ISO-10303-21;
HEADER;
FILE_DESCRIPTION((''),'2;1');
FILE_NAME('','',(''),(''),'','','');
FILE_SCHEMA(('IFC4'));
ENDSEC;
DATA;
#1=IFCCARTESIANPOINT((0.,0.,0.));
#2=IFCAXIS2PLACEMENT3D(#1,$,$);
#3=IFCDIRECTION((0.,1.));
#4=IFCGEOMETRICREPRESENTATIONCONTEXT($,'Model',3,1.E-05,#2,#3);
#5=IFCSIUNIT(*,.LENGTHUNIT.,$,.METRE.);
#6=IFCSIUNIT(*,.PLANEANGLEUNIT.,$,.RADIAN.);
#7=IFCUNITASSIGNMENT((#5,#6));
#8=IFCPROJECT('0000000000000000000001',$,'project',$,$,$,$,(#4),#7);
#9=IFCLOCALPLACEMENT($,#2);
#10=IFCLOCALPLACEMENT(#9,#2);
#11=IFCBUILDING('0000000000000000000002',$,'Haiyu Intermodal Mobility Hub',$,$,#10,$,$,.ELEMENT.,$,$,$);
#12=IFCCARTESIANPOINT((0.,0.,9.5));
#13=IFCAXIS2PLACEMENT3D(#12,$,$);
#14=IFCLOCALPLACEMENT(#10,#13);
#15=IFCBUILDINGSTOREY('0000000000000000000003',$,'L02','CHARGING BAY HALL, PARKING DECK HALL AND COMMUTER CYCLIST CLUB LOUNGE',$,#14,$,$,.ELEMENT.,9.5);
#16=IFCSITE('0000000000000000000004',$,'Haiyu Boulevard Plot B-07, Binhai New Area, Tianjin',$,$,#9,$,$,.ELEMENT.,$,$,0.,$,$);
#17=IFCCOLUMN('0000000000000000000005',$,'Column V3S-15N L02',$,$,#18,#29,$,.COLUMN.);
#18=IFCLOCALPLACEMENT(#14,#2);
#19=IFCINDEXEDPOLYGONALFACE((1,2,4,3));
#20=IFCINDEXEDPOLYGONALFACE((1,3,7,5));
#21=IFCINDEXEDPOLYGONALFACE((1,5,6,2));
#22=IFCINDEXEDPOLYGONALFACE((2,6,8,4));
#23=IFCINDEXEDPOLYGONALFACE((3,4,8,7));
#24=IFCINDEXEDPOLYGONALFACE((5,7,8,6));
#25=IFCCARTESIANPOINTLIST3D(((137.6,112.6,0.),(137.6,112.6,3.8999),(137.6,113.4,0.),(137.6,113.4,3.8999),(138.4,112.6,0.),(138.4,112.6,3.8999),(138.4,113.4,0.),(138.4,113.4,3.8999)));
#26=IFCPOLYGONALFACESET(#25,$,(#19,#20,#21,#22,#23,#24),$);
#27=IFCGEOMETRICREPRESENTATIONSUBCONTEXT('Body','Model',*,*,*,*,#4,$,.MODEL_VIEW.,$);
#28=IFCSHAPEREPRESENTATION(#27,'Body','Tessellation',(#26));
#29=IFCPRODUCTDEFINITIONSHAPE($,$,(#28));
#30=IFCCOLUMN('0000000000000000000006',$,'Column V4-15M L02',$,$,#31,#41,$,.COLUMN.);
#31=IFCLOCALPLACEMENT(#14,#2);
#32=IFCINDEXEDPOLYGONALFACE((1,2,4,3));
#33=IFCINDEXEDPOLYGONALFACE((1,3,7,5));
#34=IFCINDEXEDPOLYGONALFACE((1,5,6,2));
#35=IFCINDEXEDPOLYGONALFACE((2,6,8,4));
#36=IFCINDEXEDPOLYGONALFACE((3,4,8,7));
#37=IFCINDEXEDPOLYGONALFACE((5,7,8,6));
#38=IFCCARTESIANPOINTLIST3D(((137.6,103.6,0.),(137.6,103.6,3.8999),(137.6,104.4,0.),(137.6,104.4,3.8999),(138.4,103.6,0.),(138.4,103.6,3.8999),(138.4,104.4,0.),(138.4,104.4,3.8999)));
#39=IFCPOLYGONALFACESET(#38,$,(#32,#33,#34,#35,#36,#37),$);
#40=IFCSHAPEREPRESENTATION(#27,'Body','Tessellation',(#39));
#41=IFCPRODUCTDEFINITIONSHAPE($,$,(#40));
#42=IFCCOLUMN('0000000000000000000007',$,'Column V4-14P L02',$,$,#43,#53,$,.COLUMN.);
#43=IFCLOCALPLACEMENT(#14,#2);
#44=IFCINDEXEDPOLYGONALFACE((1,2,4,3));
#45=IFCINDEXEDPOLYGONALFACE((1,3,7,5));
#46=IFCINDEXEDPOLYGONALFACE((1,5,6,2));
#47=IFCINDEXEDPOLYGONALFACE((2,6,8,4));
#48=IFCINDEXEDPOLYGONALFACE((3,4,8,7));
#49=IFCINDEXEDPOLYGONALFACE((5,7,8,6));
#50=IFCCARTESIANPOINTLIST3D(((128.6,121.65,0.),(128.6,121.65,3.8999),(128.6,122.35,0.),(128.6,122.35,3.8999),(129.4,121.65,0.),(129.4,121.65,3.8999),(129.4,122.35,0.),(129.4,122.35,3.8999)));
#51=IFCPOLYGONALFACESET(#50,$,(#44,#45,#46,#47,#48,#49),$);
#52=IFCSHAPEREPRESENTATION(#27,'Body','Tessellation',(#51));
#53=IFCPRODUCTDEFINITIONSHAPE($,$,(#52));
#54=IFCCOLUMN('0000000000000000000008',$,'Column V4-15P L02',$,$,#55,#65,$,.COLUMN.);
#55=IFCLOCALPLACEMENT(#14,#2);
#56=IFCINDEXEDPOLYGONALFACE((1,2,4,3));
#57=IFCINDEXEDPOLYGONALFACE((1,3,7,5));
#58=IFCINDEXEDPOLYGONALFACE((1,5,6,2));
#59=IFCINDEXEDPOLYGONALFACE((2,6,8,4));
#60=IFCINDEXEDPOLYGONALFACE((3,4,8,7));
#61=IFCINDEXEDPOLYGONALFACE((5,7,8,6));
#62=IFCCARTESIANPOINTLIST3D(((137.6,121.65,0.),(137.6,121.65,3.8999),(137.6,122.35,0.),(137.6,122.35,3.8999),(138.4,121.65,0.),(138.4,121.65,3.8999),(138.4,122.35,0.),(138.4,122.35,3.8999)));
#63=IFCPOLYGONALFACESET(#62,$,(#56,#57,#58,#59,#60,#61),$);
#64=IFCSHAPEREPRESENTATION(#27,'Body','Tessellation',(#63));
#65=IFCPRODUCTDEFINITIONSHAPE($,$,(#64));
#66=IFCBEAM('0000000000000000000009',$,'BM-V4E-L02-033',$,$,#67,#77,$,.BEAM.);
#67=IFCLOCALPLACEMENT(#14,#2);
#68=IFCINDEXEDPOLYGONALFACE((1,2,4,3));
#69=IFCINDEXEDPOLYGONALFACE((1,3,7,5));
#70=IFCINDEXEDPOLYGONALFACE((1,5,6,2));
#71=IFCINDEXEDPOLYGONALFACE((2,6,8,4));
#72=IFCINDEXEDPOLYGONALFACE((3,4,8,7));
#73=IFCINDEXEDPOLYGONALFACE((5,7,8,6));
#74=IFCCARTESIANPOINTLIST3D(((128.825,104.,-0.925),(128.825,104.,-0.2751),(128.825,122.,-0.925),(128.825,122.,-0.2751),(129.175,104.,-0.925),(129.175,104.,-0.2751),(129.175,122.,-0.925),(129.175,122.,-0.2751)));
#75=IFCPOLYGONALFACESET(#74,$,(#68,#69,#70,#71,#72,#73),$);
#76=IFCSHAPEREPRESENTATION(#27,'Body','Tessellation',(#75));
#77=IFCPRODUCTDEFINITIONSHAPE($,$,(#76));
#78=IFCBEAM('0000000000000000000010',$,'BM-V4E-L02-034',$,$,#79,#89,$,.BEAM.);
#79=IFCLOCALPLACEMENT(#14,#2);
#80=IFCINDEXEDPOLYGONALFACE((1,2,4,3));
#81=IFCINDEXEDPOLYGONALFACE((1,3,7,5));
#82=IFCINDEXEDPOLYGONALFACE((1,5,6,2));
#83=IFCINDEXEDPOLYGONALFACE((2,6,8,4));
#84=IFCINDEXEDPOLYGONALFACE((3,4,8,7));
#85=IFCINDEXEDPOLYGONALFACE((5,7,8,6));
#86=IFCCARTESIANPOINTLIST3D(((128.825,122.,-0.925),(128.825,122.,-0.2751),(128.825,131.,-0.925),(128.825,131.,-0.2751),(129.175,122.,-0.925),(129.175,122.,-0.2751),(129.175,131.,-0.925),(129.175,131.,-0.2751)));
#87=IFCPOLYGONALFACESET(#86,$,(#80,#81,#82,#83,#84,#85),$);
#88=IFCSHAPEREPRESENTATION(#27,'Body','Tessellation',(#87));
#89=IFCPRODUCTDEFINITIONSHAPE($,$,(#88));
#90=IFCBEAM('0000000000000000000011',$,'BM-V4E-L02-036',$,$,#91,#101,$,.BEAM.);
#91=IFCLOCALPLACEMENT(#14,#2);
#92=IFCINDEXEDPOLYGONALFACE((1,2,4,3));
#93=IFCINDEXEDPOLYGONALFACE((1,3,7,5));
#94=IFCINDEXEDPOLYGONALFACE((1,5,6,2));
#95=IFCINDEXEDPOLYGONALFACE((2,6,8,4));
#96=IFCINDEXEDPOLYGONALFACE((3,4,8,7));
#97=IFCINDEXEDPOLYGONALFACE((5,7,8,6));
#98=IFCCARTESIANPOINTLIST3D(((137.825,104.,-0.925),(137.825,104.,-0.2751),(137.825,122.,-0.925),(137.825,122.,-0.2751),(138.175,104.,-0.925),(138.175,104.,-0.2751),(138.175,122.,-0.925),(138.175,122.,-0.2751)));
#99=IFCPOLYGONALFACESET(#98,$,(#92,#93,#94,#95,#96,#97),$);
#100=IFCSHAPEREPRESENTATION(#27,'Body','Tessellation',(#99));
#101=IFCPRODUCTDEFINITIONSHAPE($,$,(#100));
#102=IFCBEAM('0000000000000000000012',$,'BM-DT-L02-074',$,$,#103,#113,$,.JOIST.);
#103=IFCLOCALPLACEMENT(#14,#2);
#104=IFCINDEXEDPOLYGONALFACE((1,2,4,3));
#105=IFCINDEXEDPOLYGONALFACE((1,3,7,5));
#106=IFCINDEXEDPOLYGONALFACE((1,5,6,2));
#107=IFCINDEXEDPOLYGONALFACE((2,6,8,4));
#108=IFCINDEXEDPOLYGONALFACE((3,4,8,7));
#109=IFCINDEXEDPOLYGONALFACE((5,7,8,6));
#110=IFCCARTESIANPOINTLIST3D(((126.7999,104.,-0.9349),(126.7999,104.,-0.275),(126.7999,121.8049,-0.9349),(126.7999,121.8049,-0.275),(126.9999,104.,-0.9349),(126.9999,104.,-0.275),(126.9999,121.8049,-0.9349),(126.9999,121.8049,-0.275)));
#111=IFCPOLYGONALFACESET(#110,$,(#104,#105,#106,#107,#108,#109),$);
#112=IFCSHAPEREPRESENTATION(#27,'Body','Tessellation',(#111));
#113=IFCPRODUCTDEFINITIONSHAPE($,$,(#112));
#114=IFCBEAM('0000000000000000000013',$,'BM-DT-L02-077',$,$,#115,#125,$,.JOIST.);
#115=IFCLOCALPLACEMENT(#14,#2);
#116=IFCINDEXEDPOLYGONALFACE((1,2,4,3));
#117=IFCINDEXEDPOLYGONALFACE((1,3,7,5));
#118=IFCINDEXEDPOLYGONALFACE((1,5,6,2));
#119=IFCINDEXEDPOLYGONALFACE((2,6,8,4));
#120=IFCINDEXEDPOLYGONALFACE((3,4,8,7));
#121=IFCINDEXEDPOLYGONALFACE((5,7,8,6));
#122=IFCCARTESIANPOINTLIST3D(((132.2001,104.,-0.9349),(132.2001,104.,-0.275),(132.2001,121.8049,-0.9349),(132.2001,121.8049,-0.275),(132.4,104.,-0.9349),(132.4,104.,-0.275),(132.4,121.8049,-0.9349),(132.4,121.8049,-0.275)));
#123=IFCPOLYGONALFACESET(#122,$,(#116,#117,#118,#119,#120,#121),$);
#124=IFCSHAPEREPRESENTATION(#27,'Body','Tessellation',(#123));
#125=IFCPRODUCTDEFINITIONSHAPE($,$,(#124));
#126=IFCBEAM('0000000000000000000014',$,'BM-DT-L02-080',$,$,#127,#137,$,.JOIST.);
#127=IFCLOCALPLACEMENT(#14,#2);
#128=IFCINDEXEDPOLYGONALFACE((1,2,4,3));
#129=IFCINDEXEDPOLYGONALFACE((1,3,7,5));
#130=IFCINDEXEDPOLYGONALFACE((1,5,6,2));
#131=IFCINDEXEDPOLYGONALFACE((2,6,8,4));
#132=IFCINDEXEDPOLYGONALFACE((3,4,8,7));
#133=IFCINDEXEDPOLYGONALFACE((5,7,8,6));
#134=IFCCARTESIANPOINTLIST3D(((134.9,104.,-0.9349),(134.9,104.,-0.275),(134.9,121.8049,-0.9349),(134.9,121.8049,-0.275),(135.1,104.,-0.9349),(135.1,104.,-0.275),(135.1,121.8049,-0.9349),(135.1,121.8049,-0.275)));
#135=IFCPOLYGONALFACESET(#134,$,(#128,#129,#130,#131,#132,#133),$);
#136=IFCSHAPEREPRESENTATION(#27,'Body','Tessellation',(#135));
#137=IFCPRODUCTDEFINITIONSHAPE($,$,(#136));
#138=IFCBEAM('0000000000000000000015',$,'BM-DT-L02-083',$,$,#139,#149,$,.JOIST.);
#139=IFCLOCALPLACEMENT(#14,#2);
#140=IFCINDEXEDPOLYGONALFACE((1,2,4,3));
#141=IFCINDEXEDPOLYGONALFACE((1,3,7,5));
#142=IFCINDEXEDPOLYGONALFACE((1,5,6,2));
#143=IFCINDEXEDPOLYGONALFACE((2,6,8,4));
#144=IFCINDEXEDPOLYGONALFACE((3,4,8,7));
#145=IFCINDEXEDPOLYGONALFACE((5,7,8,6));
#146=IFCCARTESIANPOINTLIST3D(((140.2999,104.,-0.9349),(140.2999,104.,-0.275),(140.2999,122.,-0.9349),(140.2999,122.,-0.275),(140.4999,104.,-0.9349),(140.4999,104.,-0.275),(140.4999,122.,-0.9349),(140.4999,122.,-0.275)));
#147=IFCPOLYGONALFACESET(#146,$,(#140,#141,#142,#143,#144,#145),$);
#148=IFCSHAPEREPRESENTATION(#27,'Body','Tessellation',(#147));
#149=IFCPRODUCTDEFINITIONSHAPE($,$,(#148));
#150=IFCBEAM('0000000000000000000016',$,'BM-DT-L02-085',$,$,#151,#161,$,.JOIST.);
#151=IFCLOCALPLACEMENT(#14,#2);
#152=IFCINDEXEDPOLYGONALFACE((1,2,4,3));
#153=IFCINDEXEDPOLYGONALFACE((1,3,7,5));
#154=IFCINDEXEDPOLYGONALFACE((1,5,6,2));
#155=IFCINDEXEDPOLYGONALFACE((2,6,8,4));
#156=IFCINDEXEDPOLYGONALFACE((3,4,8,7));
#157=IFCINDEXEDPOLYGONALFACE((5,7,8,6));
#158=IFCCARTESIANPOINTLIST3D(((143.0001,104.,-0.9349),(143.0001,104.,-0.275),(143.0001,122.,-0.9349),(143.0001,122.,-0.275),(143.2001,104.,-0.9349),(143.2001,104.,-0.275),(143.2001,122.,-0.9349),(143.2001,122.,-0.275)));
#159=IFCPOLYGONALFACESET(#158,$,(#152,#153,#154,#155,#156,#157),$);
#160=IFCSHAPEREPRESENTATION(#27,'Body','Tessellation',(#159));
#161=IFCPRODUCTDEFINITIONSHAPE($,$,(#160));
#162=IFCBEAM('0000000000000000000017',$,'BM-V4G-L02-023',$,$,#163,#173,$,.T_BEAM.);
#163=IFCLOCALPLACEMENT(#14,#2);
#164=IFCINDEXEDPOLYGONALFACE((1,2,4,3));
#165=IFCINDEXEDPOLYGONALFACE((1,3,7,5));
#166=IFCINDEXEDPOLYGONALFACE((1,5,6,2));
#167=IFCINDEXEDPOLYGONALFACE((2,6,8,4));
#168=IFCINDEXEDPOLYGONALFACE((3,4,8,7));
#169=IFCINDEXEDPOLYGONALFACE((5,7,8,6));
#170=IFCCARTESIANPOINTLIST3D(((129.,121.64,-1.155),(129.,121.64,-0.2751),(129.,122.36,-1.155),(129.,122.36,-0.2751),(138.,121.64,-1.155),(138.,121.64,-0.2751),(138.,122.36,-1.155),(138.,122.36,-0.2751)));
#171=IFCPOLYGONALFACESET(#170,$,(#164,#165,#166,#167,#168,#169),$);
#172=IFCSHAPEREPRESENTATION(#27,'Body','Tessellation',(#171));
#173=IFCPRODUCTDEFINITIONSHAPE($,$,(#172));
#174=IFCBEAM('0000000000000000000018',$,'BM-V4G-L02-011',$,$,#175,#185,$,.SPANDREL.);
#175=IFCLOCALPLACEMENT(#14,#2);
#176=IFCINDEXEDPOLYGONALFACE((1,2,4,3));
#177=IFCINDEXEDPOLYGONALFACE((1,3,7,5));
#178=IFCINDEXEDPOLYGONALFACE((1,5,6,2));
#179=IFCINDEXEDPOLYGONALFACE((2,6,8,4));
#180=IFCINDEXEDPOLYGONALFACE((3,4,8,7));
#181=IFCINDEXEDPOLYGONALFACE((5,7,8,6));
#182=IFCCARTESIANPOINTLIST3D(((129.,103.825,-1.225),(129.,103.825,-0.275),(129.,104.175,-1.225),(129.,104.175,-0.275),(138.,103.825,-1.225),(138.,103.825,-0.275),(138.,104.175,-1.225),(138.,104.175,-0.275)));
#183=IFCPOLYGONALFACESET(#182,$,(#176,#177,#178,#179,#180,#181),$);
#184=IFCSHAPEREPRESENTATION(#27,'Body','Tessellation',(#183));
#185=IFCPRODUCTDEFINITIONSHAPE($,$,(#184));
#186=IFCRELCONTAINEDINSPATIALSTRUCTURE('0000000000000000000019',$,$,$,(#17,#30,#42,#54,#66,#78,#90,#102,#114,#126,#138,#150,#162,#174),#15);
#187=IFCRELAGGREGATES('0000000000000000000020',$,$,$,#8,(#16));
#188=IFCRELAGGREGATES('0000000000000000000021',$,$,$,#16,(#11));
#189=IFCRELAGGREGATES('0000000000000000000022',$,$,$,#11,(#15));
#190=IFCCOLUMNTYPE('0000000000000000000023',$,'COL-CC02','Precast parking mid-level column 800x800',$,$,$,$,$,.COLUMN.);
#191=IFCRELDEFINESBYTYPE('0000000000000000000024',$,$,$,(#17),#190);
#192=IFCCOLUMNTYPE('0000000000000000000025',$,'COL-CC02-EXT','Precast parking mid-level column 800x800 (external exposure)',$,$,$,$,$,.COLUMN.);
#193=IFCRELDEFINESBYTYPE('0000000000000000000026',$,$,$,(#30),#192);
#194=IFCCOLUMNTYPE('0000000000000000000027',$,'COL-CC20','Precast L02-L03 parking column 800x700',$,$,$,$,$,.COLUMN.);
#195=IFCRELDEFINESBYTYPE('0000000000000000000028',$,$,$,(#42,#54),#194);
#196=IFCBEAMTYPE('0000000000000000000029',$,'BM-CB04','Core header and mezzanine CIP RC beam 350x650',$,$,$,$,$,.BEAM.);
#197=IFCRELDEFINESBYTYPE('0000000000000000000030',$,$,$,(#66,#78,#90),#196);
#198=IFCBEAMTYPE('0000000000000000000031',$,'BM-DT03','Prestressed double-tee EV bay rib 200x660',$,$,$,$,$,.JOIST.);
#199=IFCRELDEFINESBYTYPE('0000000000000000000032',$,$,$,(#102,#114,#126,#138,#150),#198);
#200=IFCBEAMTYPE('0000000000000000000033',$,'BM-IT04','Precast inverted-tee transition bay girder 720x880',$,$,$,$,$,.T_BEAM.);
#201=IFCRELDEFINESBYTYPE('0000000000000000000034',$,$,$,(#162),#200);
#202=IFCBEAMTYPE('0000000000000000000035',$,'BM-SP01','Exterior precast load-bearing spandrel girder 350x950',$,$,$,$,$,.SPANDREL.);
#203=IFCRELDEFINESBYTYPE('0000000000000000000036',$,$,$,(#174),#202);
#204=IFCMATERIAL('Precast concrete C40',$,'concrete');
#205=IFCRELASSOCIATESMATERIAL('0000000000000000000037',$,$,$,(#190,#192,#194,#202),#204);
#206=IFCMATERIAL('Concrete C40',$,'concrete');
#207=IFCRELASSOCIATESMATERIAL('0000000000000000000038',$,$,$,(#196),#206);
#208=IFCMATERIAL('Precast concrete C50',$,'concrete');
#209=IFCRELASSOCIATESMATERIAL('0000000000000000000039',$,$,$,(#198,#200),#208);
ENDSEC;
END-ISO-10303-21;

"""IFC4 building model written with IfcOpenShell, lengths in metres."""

from ifc_helpers import new_model, si_unit, direction, frame, origin, origin_2d, place, context, subcontext, project, spatial, rectangle, extrude, material, material_profile, profile_set, type_object, element, save


model = new_model("IFC4")

# Units and contexts
model_context = context("Model", 3, precision=1e-05, world=origin(), true_north=direction((0.0, 1.0)))
body_context = subcontext(model_context, "Body", "Model", "MODEL_VIEW")
ifc_project = project(units=[si_unit("LENGTHUNIT", "METRE"), si_unit("PLANEANGLEUNIT", "RADIAN")], contexts=[model_context])

# Site, building, storey
site_placement = place(None, origin())
site = spatial("IfcSite", under=ifc_project, at=site_placement, Name="Haiyu Boulevard Plot B-07, Binhai New Area, Tianjin", CompositionType="ELEMENT", RefElevation=0.0)
building_placement = place(site_placement, origin())
building = spatial("IfcBuilding", under=site, at=building_placement, Name="Haiyu Intermodal Mobility Hub", CompositionType="ELEMENT")
storey_placement = place(building_placement, frame((0.0, 0.0, 9.5)))
storey = spatial("IfcBuildingStorey", under=building, at=storey_placement, Name="L02", Description="CHARGING BAY HALL, PARKING DECK HALL AND COMMUTER CYCLIST CLUB LOUNGE", CompositionType="ELEMENT", Elevation=9.5)

# Columns
ifc_material_1 = material(Name="Precast concrete C40", Category="concrete")
ifc_material_profile_1 = material_profile(ifc_material_1, rectangle(XDim=0.8, YDim=0.8, at=origin_2d()), Name="RC800x800")
ifc_profile_set_1 = profile_set([ifc_material_profile_1], Name="Precast concrete C40")
column_type_1 = type_object("IfcColumnType", Name="COL-CC02", Description="Precast parking mid-level column 800x800", PredefinedType="COLUMN", material=ifc_profile_set_1)
column_1_placement = place(storey_placement, frame((138.0, 113.0, 0.0), z_axis=(0.0, 0.0, 1.0), x_axis=(1.0, 0.0, 0.0)))
element("IfcColumn", 1, at=column_1_placement, inside=storey, type_object=column_type_1, Name="Column V3S-15N L02", PredefinedType="COLUMN", context=body_context, shape_type="SweptSolid", body=[
    extrude(rectangle(XDim=0.8, YDim=0.8, at=origin_2d()), origin(), (0.0, 0.0, 1.0), 3.8999),
])
ifc_material_profile_2 = material_profile(ifc_material_1, rectangle(XDim=0.8, YDim=0.8, at=origin_2d()), Name="RC800x800")
ifc_profile_set_2 = profile_set([ifc_material_profile_2], Name="Precast concrete C40")
column_type_2 = type_object("IfcColumnType", Name="COL-CC02-EXT", Description="Precast parking mid-level column 800x800 (external exposure)", PredefinedType="COLUMN", material=ifc_profile_set_2)
column_2_placement = place(storey_placement, frame((138.0, 104.0, 0.0), z_axis=(0.0, 0.0, 1.0), x_axis=(1.0, 0.0, 0.0)))
element("IfcColumn", 2, at=column_2_placement, inside=storey, type_object=column_type_2, Name="Column V4-15M L02", PredefinedType="COLUMN", context=body_context, shape_type="SweptSolid", body=[
    extrude(rectangle(XDim=0.8, YDim=0.8, at=origin_2d()), origin(), (0.0, 0.0, 1.0), 3.8999),
])
ifc_material_profile_3 = material_profile(ifc_material_1, rectangle(XDim=0.8, YDim=0.7, at=origin_2d()), Name="C800x700")
ifc_profile_set_3 = profile_set([ifc_material_profile_3], Name="Precast concrete C40")
column_type_3 = type_object("IfcColumnType", Name="COL-CC20", Description="Precast L02-L03 parking column 800x700", PredefinedType="COLUMN", material=ifc_profile_set_3)
for number, where, z_axis, x_axis, name in (
    (3, (129.0, 122.0, 0.0), (0.0, 0.0, 1.0), (1.0, 0.0, 0.0), "Column V4-14P L02"),
    (4, (138.0, 122.0, 0.0), (0.0, 0.0, 1.0), (1.0, 0.0, 0.0), "Column V4-15P L02"),
):
    element("IfcColumn", number, at=place(storey_placement, frame(where, z_axis=z_axis, x_axis=x_axis)), inside=storey, type_object=column_type_3, Name=name, PredefinedType="COLUMN", context=body_context, shape_type="SweptSolid", body=[
        extrude(rectangle(XDim=0.8, YDim=0.7, at=origin_2d()), origin(), (0.0, 0.0, 1.0), 3.8999),
    ])

# Beams
ifc_material_2 = material(Name="Concrete C40", Category="concrete")
ifc_material_profile_4 = material_profile(ifc_material_2, rectangle(XDim=0.3501, YDim=0.6499, at=origin_2d()), Name="RCB350x650")
ifc_profile_set_4 = profile_set([ifc_material_profile_4], Name="Concrete C40")
beam_type_1 = type_object("IfcBeamType", Name="BM-CB04", Description="Core header and mezzanine CIP RC beam 350x650", PredefinedType="BEAM", material=ifc_profile_set_4)
beam_1_placement = place(storey_placement, frame((129.0, 104.0, -0.6001), z_axis=(0.0, 1.0, 0.0), x_axis=(-1.0, 0.0, 0.0)))
element("IfcBeam", 5, at=beam_1_placement, inside=storey, type_object=beam_type_1, Name="BM-V4E-L02-033", PredefinedType="BEAM", context=body_context, shape_type="SweptSolid", body=[
    extrude(rectangle(XDim=0.3501, YDim=0.6499, at=origin_2d()), origin(), (0.0, 0.0, 1.0), 18.0),
])
beam_2_placement = place(storey_placement, frame((129.0, 122.0, -0.6001), z_axis=(0.0, 1.0, 0.0), x_axis=(-1.0, 0.0, 0.0)))
element("IfcBeam", 6, at=beam_2_placement, inside=storey, type_object=beam_type_1, Name="BM-V4E-L02-034", PredefinedType="BEAM", context=body_context, shape_type="SweptSolid", body=[
    extrude(rectangle(XDim=0.3501, YDim=0.6499, at=origin_2d()), origin(), (0.0, 0.0, 1.0), 9.0),
])
beam_3_placement = place(storey_placement, frame((138.0, 104.0, -0.6001), z_axis=(0.0, 1.0, 0.0), x_axis=(-1.0, 0.0, 0.0)))
element("IfcBeam", 7, at=beam_3_placement, inside=storey, type_object=beam_type_1, Name="BM-V4E-L02-036", PredefinedType="BEAM", context=body_context, shape_type="SweptSolid", body=[
    extrude(rectangle(XDim=0.3501, YDim=0.6499, at=origin_2d()), origin(), (0.0, 0.0, 1.0), 18.0),
])
ifc_material_3 = material(Name="Precast concrete C50", Category="concrete")
ifc_material_profile_5 = material_profile(ifc_material_3, rectangle(XDim=0.2, YDim=0.6599, at=origin_2d()), Name="PC200x660")
ifc_profile_set_5 = profile_set([ifc_material_profile_5], Name="Precast concrete C50")
beam_type_2 = type_object("IfcBeamType", Name="BM-DT03", Description="Prestressed double-tee EV bay rib 200x660", PredefinedType="JOIST", material=ifc_profile_set_5)
for number, where, z_axis, x_axis, name in (
    (8, (126.8999, 104.0, -0.605), (0.0, 1.0, 0.0), (-1.0, 0.0, 0.0), "BM-DT-L02-074"),
    (9, (132.3, 104.0, -0.605), (0.0, 1.0, 0.0), (-1.0, 0.0, 0.0), "BM-DT-L02-077"),
    (10, (135.0, 104.0, -0.605), (0.0, 1.0, 0.0), (-1.0, 0.0, 0.0), "BM-DT-L02-080"),
):
    element("IfcBeam", number, at=place(storey_placement, frame(where, z_axis=z_axis, x_axis=x_axis)), inside=storey, type_object=beam_type_2, Name=name, PredefinedType="JOIST", context=body_context, shape_type="SweptSolid", body=[
        extrude(rectangle(XDim=0.2, YDim=0.6599, at=origin_2d()), origin(), (0.0, 0.0, 1.0), 17.8049),
    ])
for number, where, z_axis, x_axis, name in (
    (11, (140.3999, 104.0, -0.605), (0.0, 1.0, 0.0), (-1.0, 0.0, 0.0), "BM-DT-L02-083"),
    (12, (143.1001, 104.0, -0.605), (0.0, 1.0, 0.0), (-1.0, 0.0, 0.0), "BM-DT-L02-085"),
):
    element("IfcBeam", number, at=place(storey_placement, frame(where, z_axis=z_axis, x_axis=x_axis)), inside=storey, type_object=beam_type_2, Name=name, PredefinedType="JOIST", context=body_context, shape_type="SweptSolid", body=[
        extrude(rectangle(XDim=0.2, YDim=0.6599, at=origin_2d()), origin(), (0.0, 0.0, 1.0), 18.0),
    ])
ifc_material_profile_6 = material_profile(ifc_material_3, rectangle(XDim=0.72, YDim=0.8799, at=origin_2d()), Name="B720x880")
ifc_profile_set_6 = profile_set([ifc_material_profile_6], Name="Precast concrete C50")
beam_type_3 = type_object("IfcBeamType", Name="BM-IT04", Description="Precast inverted-tee transition bay girder 720x880", PredefinedType="T_BEAM", material=ifc_profile_set_6)
beam_4_placement = place(storey_placement, frame((129.0, 122.0, -0.7151), z_axis=(1.0, 0.0, 0.0), x_axis=(0.0, 1.0, 0.0)))
element("IfcBeam", 13, at=beam_4_placement, inside=storey, type_object=beam_type_3, Name="BM-V4G-L02-023", PredefinedType="T_BEAM", context=body_context, shape_type="SweptSolid", body=[
    extrude(rectangle(XDim=0.72, YDim=0.8799, at=origin_2d()), origin(), (0.0, 0.0, 1.0), 9.0),
])
ifc_material_profile_7 = material_profile(ifc_material_1, rectangle(XDim=0.3501, YDim=0.95, at=origin_2d()), Name="PC350x950")
ifc_profile_set_7 = profile_set([ifc_material_profile_7], Name="Precast concrete C40")
beam_type_4 = type_object("IfcBeamType", Name="BM-SP01", Description="Exterior precast load-bearing spandrel girder 350x950", PredefinedType="SPANDREL", material=ifc_profile_set_7)
beam_5_placement = place(storey_placement, frame((129.0, 104.0, -0.75), z_axis=(1.0, 0.0, 0.0), x_axis=(0.0, 1.0, 0.0)))
element("IfcBeam", 14, at=beam_5_placement, inside=storey, type_object=beam_type_4, Name="BM-V4G-L02-011", PredefinedType="SPANDREL", context=body_context, shape_type="SweptSolid", body=[
    extrude(rectangle(XDim=0.3501, YDim=0.95, at=origin_2d()), origin(), (0.0, 0.0, 1.0), 9.0),
])

save(model, "model.ifc")
